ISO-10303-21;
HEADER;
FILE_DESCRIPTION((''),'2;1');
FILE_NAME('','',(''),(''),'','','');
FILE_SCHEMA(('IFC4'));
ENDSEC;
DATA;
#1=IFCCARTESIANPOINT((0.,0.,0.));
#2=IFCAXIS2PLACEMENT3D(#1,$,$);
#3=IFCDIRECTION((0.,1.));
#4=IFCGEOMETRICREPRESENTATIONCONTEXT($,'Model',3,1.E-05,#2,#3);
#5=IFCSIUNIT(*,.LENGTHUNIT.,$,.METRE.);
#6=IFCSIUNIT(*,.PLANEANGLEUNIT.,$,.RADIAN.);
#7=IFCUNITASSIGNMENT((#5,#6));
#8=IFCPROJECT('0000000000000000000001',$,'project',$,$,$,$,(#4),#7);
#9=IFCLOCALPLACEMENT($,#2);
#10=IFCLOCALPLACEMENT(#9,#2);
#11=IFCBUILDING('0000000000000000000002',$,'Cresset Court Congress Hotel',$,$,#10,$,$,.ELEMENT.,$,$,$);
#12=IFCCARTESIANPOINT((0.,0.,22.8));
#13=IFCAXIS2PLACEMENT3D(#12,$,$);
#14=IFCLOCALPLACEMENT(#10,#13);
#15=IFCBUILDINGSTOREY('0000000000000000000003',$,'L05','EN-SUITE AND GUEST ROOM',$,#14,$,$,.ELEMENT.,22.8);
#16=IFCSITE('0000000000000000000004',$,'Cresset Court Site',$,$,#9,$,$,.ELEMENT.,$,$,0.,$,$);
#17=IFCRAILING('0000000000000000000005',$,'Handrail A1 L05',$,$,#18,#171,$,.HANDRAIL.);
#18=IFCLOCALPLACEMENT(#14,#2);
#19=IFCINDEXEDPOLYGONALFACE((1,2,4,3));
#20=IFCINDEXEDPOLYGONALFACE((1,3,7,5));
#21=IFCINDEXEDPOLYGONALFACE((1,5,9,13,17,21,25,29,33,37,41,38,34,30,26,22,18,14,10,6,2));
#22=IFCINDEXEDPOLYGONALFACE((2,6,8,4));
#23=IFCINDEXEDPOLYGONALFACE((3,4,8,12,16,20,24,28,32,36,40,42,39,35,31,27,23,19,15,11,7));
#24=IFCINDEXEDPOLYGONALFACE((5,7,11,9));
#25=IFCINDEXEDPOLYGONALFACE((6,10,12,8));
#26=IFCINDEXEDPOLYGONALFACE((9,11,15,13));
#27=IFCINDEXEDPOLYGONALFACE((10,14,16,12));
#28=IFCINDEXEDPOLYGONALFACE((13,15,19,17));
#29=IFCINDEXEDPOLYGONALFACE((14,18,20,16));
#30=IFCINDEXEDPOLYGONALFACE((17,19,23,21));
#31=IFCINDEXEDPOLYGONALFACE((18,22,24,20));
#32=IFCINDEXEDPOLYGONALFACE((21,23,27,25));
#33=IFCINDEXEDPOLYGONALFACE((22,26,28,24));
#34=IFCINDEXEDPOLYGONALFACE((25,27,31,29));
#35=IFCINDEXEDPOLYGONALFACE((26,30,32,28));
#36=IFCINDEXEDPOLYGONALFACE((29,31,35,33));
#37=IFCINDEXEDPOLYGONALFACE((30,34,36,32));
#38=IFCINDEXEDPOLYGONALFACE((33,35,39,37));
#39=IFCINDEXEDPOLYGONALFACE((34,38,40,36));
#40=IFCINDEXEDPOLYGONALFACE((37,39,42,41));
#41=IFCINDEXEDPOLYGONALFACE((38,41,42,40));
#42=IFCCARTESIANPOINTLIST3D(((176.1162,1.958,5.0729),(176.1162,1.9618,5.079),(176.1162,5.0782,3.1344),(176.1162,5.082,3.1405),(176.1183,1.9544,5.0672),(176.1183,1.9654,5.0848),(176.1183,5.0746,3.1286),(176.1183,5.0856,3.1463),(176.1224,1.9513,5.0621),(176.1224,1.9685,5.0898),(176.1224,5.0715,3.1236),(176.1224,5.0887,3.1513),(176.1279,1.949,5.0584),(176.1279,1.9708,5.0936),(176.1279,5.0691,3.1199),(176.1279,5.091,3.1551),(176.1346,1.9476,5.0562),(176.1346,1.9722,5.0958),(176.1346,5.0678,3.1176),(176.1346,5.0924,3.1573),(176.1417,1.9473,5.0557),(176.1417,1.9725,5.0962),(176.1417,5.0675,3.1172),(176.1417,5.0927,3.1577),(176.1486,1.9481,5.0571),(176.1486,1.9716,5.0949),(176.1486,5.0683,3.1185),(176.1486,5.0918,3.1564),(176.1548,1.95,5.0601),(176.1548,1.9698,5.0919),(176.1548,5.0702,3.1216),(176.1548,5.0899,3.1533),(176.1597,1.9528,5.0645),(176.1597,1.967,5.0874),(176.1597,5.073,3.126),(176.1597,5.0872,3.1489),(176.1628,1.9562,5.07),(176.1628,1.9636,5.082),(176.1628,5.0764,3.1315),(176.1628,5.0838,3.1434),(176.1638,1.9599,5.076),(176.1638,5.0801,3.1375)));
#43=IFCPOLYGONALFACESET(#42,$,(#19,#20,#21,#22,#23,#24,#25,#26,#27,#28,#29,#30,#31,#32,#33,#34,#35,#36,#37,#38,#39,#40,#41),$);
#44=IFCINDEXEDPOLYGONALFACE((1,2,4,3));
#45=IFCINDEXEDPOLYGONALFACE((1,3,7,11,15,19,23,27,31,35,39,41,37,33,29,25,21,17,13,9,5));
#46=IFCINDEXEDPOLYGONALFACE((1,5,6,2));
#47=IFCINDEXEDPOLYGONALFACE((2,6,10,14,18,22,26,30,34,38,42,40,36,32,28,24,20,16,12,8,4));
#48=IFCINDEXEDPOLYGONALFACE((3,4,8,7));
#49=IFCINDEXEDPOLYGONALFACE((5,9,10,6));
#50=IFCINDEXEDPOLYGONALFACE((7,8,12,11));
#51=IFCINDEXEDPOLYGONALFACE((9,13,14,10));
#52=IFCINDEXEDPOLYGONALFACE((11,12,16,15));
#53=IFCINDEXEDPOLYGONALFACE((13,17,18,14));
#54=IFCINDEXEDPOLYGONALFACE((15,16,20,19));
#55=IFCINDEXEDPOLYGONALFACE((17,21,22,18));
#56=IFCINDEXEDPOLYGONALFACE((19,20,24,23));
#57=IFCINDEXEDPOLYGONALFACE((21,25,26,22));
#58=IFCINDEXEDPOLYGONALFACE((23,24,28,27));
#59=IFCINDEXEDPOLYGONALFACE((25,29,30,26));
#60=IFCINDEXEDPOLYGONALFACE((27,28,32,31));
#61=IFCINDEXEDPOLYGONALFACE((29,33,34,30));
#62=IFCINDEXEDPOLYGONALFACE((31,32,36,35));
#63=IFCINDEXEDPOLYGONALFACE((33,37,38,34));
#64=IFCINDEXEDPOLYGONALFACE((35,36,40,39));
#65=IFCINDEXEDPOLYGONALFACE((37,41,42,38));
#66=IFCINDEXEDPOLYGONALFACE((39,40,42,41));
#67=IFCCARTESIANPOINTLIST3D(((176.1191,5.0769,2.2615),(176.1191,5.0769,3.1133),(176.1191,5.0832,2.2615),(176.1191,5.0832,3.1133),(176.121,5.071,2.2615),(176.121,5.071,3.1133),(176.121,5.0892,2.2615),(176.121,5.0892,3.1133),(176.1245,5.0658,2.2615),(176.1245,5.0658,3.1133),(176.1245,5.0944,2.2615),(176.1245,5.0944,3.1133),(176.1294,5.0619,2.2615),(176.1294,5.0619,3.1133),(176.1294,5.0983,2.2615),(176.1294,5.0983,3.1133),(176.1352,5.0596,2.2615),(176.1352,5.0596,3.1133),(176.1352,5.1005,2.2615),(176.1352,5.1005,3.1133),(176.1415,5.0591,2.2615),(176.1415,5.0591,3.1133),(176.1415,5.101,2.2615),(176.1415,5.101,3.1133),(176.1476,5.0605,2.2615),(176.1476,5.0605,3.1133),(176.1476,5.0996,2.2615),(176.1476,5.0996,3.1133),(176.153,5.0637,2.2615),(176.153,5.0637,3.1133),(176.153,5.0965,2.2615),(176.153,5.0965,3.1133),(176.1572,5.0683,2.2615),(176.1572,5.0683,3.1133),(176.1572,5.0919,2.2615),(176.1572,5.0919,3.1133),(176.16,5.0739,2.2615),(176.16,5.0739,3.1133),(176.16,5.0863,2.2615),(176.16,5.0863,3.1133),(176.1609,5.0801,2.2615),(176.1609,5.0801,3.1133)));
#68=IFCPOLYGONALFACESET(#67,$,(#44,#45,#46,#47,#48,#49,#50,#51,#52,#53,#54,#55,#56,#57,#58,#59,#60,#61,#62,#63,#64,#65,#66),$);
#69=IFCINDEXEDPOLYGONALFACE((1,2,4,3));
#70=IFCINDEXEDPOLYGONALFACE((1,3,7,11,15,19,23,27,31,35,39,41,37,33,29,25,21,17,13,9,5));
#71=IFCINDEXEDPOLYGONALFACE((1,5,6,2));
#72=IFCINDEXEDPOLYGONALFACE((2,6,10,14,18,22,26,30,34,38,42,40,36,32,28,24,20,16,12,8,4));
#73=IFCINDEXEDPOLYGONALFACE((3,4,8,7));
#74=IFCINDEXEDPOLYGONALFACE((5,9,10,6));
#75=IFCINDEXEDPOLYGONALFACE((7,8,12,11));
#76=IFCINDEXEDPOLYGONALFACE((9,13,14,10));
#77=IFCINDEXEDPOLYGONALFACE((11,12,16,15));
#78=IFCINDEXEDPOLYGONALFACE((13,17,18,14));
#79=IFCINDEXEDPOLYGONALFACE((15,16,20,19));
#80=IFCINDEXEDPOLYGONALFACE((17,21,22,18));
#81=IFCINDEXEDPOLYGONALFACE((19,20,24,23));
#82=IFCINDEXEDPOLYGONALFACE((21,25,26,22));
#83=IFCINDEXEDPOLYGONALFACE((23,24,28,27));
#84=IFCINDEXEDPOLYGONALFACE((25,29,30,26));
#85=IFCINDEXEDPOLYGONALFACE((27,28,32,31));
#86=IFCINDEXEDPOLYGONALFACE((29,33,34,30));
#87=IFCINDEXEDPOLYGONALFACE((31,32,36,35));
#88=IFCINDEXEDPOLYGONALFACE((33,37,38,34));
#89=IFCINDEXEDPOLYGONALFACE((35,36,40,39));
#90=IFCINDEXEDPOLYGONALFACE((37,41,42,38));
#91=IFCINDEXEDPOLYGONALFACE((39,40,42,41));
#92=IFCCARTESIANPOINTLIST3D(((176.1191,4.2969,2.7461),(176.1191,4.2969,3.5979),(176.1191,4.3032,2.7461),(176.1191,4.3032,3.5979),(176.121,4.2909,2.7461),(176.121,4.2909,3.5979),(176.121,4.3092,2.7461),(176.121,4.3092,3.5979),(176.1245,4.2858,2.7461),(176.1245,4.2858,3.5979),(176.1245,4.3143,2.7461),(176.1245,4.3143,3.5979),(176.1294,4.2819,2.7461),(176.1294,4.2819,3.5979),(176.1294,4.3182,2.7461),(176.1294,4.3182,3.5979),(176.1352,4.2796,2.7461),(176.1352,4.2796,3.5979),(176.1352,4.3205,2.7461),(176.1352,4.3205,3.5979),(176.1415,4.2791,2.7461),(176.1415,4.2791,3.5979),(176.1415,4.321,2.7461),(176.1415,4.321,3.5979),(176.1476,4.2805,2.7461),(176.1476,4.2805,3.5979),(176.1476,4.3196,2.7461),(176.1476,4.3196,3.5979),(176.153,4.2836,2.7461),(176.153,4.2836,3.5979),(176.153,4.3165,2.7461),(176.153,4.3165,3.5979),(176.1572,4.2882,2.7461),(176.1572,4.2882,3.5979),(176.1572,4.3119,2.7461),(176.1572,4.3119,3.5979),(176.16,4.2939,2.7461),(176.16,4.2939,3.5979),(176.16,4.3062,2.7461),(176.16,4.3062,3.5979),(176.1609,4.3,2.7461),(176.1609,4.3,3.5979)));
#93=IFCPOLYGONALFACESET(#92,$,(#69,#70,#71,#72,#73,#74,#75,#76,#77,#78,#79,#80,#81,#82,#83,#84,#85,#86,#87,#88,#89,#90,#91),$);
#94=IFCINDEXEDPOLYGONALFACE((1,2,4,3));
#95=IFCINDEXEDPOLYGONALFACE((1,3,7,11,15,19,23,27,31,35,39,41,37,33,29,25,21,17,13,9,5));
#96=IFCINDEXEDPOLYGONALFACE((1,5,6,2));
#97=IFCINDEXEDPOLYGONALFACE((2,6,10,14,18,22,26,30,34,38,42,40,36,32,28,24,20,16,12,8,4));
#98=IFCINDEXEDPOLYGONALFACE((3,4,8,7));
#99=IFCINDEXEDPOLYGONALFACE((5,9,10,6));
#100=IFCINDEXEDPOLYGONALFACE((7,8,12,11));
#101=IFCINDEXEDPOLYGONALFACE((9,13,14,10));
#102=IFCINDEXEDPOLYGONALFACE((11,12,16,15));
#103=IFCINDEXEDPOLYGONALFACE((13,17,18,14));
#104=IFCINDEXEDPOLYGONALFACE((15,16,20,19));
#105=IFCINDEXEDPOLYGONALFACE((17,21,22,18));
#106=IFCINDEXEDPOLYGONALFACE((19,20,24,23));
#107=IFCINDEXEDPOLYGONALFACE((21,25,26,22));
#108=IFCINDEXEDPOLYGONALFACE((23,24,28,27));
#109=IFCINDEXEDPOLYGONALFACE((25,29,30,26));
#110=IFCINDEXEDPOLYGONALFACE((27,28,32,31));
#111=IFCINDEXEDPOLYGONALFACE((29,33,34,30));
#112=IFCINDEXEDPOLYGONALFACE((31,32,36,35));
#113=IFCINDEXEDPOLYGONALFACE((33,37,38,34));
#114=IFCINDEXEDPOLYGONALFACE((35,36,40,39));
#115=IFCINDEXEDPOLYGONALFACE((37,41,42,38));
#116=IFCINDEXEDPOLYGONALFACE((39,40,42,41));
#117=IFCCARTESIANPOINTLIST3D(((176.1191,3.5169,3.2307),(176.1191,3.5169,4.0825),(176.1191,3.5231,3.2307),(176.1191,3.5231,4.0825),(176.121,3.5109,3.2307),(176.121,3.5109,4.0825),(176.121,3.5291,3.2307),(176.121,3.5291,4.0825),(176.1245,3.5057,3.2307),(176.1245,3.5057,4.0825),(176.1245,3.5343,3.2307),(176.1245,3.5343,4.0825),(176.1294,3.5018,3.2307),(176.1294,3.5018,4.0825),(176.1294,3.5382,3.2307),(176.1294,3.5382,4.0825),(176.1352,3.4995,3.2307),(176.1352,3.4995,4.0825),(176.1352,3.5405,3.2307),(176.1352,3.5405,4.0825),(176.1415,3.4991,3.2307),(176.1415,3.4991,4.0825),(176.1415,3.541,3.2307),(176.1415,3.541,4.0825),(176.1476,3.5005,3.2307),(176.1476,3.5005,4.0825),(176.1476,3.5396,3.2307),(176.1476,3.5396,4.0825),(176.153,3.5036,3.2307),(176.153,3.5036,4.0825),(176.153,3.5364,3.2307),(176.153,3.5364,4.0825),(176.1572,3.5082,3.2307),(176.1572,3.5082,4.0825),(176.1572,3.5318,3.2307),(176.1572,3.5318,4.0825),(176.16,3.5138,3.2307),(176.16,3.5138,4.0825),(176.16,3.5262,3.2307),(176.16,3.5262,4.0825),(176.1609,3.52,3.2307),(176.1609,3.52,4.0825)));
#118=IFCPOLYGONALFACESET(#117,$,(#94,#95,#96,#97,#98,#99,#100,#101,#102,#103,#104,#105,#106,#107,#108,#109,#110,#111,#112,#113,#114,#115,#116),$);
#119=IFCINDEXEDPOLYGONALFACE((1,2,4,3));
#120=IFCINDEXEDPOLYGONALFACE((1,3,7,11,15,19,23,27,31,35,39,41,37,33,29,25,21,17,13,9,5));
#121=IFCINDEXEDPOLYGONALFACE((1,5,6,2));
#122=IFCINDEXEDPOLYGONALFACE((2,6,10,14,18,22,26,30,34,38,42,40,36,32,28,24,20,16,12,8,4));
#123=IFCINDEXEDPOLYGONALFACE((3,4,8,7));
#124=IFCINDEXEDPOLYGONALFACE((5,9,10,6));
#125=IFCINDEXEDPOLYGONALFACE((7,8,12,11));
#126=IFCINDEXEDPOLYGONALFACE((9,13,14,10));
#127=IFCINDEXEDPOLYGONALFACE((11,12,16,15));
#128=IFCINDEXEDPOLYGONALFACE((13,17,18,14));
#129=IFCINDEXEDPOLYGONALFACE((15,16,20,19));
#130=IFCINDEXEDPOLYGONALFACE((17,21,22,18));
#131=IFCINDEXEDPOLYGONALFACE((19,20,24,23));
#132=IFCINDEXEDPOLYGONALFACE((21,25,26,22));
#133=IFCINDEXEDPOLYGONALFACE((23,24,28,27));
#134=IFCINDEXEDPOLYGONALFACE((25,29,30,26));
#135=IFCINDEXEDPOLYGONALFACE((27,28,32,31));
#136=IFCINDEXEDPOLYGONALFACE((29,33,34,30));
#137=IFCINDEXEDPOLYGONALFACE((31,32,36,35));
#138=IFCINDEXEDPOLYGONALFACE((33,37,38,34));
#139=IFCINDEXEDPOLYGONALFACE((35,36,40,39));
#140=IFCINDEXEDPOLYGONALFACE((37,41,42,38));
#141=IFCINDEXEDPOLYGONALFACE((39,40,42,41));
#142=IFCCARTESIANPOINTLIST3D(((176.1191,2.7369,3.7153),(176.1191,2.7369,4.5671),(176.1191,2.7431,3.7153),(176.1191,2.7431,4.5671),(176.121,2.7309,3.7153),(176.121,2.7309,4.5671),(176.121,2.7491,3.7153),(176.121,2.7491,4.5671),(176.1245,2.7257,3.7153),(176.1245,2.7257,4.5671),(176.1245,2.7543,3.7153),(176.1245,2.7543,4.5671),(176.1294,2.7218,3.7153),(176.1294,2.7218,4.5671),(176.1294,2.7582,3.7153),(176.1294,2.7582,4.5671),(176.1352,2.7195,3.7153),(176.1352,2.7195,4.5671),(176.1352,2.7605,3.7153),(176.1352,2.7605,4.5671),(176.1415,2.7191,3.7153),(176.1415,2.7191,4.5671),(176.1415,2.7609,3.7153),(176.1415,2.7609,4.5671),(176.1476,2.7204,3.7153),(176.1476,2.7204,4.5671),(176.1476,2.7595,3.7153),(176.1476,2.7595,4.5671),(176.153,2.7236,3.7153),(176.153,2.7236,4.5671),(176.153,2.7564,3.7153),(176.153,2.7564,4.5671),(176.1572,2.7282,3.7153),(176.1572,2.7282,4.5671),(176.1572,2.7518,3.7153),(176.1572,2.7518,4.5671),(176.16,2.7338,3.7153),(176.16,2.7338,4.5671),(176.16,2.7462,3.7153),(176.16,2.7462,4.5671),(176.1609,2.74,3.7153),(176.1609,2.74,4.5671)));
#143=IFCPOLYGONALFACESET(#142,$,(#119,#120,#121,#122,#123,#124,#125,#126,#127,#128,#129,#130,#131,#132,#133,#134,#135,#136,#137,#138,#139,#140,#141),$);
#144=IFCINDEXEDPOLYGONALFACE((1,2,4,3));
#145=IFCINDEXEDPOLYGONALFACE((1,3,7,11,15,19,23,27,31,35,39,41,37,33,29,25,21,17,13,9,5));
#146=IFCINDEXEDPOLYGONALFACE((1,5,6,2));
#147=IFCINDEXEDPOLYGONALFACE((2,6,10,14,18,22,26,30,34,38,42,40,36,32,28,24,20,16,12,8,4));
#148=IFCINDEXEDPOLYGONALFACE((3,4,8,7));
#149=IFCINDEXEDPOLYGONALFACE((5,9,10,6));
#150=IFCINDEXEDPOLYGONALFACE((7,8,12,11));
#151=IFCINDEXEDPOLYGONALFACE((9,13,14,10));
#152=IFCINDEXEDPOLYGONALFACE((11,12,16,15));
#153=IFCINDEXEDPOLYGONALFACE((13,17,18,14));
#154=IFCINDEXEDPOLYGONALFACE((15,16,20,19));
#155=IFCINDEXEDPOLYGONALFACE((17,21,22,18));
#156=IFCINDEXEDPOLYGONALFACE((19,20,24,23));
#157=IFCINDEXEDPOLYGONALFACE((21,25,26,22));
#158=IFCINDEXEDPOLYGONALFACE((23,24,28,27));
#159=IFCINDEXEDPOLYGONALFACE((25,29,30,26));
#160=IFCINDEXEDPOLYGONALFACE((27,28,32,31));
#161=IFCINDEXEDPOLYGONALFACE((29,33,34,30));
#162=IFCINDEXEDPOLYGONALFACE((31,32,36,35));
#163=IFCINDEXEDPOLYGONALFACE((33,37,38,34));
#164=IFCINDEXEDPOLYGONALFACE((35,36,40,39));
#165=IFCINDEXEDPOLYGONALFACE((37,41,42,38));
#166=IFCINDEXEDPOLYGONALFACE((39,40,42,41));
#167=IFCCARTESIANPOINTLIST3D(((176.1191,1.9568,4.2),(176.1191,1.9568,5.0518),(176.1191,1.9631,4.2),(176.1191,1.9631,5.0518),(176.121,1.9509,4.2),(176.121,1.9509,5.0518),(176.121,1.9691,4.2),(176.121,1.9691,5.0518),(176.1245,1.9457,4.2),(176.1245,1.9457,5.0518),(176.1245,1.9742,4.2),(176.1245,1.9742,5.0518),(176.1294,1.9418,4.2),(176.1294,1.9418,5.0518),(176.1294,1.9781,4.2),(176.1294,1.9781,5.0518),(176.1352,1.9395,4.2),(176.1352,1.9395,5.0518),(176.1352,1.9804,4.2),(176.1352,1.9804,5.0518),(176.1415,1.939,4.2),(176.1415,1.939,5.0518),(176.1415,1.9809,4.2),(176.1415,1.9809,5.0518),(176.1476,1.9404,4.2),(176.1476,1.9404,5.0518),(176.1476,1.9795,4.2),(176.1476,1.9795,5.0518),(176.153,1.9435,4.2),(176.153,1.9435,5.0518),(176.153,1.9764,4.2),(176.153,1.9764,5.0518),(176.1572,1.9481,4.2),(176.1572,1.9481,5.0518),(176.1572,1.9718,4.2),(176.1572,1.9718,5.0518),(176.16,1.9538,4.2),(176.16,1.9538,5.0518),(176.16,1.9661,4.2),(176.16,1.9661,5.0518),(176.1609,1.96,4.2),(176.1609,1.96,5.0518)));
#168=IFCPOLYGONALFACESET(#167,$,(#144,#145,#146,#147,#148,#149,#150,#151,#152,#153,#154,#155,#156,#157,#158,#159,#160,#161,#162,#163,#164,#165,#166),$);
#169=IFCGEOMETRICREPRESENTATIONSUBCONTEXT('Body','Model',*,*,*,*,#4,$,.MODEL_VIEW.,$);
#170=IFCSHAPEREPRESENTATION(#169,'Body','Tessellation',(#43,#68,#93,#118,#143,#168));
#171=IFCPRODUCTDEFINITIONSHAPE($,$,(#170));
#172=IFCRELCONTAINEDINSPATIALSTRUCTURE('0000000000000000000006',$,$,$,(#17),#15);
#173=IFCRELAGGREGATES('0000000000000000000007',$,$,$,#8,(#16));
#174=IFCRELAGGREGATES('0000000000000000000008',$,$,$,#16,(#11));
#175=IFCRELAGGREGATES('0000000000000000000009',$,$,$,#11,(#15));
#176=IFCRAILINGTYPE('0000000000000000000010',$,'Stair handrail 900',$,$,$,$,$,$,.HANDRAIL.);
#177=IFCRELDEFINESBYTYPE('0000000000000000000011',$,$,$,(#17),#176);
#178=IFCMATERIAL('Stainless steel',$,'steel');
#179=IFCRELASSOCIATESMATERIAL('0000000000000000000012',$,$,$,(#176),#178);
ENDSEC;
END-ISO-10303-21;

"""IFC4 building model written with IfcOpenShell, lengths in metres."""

from ifc_helpers import new_model, si_unit, direction, frame, origin, origin_2d, place, context, subcontext, project, spatial, circle, extrude, material, type_object, element, save


model = new_model("IFC4")

# Units and contexts
model_context = context("Model", 3, precision=1e-05, world=origin(), true_north=direction((0.0, 1.0)))
body_context = subcontext(model_context, "Body", "Model", "MODEL_VIEW")
ifc_project = project(units=[si_unit("LENGTHUNIT", "METRE"), si_unit("PLANEANGLEUNIT", "RADIAN")], contexts=[model_context])

# Site, building, storey
site_placement = place(None, origin())
site = spatial("IfcSite", under=ifc_project, at=site_placement, Name="Cresset Court Site", CompositionType="ELEMENT", RefElevation=0.0)
building_placement = place(site_placement, origin())
building = spatial("IfcBuilding", under=site, at=building_placement, Name="Cresset Court Congress Hotel", CompositionType="ELEMENT")
storey_placement = place(building_placement, frame((0.0, 0.0, 22.8)))
storey = spatial("IfcBuildingStorey", under=building, at=storey_placement, Name="L05", Description="EN-SUITE AND GUEST ROOM", CompositionType="ELEMENT", Elevation=22.8)

# Railing
ifc_material_1 = material(Name="Stainless steel", Category="steel")
railing_type_1 = type_object("IfcRailingType", Name="Stair handrail 900", PredefinedType="HANDRAIL", material=ifc_material_1)
for number, where, name in (
    (1, (176.1399, 5.0801, 2.2615), "Handrail A1 L05"),
):
    element("IfcRailing", number, at=place(storey_placement, frame(where)), inside=storey, type_object=railing_type_1, Name=name, PredefinedType="HANDRAIL", context=body_context, shape_type="SweptSolid", body=[
        extrude(circle(Radius=0.0239, at=origin_2d()), frame((0.0, 0.0, 0.876), z_axis=(0.0, -0.849414, 0.527727), x_axis=(1.0, 0.0, 0.0)), (0.0, 0.0, 1.0), 3.6733),
        extrude(circle(Radius=0.021, at=origin_2d()), origin(), (0.0, 0.0, 1.0), 0.8518),
        extrude(circle(Radius=0.021, at=origin_2d()), frame((0.0, -0.78, 0.4846)), (0.0, 0.0, 1.0), 0.8518),
        extrude(circle(Radius=0.021, at=origin_2d()), frame((0.0, -1.5601, 0.9692)), (0.0, 0.0, 1.0), 0.8518),
        extrude(circle(Radius=0.021, at=origin_2d()), frame((0.0, -2.3401, 1.4539)), (0.0, 0.0, 1.0), 0.8518),
        extrude(circle(Radius=0.021, at=origin_2d()), frame((0.0, -3.1201, 1.9385)), (0.0, 0.0, 1.0), 0.8518),
    ])

save(model, "model.ifc")
